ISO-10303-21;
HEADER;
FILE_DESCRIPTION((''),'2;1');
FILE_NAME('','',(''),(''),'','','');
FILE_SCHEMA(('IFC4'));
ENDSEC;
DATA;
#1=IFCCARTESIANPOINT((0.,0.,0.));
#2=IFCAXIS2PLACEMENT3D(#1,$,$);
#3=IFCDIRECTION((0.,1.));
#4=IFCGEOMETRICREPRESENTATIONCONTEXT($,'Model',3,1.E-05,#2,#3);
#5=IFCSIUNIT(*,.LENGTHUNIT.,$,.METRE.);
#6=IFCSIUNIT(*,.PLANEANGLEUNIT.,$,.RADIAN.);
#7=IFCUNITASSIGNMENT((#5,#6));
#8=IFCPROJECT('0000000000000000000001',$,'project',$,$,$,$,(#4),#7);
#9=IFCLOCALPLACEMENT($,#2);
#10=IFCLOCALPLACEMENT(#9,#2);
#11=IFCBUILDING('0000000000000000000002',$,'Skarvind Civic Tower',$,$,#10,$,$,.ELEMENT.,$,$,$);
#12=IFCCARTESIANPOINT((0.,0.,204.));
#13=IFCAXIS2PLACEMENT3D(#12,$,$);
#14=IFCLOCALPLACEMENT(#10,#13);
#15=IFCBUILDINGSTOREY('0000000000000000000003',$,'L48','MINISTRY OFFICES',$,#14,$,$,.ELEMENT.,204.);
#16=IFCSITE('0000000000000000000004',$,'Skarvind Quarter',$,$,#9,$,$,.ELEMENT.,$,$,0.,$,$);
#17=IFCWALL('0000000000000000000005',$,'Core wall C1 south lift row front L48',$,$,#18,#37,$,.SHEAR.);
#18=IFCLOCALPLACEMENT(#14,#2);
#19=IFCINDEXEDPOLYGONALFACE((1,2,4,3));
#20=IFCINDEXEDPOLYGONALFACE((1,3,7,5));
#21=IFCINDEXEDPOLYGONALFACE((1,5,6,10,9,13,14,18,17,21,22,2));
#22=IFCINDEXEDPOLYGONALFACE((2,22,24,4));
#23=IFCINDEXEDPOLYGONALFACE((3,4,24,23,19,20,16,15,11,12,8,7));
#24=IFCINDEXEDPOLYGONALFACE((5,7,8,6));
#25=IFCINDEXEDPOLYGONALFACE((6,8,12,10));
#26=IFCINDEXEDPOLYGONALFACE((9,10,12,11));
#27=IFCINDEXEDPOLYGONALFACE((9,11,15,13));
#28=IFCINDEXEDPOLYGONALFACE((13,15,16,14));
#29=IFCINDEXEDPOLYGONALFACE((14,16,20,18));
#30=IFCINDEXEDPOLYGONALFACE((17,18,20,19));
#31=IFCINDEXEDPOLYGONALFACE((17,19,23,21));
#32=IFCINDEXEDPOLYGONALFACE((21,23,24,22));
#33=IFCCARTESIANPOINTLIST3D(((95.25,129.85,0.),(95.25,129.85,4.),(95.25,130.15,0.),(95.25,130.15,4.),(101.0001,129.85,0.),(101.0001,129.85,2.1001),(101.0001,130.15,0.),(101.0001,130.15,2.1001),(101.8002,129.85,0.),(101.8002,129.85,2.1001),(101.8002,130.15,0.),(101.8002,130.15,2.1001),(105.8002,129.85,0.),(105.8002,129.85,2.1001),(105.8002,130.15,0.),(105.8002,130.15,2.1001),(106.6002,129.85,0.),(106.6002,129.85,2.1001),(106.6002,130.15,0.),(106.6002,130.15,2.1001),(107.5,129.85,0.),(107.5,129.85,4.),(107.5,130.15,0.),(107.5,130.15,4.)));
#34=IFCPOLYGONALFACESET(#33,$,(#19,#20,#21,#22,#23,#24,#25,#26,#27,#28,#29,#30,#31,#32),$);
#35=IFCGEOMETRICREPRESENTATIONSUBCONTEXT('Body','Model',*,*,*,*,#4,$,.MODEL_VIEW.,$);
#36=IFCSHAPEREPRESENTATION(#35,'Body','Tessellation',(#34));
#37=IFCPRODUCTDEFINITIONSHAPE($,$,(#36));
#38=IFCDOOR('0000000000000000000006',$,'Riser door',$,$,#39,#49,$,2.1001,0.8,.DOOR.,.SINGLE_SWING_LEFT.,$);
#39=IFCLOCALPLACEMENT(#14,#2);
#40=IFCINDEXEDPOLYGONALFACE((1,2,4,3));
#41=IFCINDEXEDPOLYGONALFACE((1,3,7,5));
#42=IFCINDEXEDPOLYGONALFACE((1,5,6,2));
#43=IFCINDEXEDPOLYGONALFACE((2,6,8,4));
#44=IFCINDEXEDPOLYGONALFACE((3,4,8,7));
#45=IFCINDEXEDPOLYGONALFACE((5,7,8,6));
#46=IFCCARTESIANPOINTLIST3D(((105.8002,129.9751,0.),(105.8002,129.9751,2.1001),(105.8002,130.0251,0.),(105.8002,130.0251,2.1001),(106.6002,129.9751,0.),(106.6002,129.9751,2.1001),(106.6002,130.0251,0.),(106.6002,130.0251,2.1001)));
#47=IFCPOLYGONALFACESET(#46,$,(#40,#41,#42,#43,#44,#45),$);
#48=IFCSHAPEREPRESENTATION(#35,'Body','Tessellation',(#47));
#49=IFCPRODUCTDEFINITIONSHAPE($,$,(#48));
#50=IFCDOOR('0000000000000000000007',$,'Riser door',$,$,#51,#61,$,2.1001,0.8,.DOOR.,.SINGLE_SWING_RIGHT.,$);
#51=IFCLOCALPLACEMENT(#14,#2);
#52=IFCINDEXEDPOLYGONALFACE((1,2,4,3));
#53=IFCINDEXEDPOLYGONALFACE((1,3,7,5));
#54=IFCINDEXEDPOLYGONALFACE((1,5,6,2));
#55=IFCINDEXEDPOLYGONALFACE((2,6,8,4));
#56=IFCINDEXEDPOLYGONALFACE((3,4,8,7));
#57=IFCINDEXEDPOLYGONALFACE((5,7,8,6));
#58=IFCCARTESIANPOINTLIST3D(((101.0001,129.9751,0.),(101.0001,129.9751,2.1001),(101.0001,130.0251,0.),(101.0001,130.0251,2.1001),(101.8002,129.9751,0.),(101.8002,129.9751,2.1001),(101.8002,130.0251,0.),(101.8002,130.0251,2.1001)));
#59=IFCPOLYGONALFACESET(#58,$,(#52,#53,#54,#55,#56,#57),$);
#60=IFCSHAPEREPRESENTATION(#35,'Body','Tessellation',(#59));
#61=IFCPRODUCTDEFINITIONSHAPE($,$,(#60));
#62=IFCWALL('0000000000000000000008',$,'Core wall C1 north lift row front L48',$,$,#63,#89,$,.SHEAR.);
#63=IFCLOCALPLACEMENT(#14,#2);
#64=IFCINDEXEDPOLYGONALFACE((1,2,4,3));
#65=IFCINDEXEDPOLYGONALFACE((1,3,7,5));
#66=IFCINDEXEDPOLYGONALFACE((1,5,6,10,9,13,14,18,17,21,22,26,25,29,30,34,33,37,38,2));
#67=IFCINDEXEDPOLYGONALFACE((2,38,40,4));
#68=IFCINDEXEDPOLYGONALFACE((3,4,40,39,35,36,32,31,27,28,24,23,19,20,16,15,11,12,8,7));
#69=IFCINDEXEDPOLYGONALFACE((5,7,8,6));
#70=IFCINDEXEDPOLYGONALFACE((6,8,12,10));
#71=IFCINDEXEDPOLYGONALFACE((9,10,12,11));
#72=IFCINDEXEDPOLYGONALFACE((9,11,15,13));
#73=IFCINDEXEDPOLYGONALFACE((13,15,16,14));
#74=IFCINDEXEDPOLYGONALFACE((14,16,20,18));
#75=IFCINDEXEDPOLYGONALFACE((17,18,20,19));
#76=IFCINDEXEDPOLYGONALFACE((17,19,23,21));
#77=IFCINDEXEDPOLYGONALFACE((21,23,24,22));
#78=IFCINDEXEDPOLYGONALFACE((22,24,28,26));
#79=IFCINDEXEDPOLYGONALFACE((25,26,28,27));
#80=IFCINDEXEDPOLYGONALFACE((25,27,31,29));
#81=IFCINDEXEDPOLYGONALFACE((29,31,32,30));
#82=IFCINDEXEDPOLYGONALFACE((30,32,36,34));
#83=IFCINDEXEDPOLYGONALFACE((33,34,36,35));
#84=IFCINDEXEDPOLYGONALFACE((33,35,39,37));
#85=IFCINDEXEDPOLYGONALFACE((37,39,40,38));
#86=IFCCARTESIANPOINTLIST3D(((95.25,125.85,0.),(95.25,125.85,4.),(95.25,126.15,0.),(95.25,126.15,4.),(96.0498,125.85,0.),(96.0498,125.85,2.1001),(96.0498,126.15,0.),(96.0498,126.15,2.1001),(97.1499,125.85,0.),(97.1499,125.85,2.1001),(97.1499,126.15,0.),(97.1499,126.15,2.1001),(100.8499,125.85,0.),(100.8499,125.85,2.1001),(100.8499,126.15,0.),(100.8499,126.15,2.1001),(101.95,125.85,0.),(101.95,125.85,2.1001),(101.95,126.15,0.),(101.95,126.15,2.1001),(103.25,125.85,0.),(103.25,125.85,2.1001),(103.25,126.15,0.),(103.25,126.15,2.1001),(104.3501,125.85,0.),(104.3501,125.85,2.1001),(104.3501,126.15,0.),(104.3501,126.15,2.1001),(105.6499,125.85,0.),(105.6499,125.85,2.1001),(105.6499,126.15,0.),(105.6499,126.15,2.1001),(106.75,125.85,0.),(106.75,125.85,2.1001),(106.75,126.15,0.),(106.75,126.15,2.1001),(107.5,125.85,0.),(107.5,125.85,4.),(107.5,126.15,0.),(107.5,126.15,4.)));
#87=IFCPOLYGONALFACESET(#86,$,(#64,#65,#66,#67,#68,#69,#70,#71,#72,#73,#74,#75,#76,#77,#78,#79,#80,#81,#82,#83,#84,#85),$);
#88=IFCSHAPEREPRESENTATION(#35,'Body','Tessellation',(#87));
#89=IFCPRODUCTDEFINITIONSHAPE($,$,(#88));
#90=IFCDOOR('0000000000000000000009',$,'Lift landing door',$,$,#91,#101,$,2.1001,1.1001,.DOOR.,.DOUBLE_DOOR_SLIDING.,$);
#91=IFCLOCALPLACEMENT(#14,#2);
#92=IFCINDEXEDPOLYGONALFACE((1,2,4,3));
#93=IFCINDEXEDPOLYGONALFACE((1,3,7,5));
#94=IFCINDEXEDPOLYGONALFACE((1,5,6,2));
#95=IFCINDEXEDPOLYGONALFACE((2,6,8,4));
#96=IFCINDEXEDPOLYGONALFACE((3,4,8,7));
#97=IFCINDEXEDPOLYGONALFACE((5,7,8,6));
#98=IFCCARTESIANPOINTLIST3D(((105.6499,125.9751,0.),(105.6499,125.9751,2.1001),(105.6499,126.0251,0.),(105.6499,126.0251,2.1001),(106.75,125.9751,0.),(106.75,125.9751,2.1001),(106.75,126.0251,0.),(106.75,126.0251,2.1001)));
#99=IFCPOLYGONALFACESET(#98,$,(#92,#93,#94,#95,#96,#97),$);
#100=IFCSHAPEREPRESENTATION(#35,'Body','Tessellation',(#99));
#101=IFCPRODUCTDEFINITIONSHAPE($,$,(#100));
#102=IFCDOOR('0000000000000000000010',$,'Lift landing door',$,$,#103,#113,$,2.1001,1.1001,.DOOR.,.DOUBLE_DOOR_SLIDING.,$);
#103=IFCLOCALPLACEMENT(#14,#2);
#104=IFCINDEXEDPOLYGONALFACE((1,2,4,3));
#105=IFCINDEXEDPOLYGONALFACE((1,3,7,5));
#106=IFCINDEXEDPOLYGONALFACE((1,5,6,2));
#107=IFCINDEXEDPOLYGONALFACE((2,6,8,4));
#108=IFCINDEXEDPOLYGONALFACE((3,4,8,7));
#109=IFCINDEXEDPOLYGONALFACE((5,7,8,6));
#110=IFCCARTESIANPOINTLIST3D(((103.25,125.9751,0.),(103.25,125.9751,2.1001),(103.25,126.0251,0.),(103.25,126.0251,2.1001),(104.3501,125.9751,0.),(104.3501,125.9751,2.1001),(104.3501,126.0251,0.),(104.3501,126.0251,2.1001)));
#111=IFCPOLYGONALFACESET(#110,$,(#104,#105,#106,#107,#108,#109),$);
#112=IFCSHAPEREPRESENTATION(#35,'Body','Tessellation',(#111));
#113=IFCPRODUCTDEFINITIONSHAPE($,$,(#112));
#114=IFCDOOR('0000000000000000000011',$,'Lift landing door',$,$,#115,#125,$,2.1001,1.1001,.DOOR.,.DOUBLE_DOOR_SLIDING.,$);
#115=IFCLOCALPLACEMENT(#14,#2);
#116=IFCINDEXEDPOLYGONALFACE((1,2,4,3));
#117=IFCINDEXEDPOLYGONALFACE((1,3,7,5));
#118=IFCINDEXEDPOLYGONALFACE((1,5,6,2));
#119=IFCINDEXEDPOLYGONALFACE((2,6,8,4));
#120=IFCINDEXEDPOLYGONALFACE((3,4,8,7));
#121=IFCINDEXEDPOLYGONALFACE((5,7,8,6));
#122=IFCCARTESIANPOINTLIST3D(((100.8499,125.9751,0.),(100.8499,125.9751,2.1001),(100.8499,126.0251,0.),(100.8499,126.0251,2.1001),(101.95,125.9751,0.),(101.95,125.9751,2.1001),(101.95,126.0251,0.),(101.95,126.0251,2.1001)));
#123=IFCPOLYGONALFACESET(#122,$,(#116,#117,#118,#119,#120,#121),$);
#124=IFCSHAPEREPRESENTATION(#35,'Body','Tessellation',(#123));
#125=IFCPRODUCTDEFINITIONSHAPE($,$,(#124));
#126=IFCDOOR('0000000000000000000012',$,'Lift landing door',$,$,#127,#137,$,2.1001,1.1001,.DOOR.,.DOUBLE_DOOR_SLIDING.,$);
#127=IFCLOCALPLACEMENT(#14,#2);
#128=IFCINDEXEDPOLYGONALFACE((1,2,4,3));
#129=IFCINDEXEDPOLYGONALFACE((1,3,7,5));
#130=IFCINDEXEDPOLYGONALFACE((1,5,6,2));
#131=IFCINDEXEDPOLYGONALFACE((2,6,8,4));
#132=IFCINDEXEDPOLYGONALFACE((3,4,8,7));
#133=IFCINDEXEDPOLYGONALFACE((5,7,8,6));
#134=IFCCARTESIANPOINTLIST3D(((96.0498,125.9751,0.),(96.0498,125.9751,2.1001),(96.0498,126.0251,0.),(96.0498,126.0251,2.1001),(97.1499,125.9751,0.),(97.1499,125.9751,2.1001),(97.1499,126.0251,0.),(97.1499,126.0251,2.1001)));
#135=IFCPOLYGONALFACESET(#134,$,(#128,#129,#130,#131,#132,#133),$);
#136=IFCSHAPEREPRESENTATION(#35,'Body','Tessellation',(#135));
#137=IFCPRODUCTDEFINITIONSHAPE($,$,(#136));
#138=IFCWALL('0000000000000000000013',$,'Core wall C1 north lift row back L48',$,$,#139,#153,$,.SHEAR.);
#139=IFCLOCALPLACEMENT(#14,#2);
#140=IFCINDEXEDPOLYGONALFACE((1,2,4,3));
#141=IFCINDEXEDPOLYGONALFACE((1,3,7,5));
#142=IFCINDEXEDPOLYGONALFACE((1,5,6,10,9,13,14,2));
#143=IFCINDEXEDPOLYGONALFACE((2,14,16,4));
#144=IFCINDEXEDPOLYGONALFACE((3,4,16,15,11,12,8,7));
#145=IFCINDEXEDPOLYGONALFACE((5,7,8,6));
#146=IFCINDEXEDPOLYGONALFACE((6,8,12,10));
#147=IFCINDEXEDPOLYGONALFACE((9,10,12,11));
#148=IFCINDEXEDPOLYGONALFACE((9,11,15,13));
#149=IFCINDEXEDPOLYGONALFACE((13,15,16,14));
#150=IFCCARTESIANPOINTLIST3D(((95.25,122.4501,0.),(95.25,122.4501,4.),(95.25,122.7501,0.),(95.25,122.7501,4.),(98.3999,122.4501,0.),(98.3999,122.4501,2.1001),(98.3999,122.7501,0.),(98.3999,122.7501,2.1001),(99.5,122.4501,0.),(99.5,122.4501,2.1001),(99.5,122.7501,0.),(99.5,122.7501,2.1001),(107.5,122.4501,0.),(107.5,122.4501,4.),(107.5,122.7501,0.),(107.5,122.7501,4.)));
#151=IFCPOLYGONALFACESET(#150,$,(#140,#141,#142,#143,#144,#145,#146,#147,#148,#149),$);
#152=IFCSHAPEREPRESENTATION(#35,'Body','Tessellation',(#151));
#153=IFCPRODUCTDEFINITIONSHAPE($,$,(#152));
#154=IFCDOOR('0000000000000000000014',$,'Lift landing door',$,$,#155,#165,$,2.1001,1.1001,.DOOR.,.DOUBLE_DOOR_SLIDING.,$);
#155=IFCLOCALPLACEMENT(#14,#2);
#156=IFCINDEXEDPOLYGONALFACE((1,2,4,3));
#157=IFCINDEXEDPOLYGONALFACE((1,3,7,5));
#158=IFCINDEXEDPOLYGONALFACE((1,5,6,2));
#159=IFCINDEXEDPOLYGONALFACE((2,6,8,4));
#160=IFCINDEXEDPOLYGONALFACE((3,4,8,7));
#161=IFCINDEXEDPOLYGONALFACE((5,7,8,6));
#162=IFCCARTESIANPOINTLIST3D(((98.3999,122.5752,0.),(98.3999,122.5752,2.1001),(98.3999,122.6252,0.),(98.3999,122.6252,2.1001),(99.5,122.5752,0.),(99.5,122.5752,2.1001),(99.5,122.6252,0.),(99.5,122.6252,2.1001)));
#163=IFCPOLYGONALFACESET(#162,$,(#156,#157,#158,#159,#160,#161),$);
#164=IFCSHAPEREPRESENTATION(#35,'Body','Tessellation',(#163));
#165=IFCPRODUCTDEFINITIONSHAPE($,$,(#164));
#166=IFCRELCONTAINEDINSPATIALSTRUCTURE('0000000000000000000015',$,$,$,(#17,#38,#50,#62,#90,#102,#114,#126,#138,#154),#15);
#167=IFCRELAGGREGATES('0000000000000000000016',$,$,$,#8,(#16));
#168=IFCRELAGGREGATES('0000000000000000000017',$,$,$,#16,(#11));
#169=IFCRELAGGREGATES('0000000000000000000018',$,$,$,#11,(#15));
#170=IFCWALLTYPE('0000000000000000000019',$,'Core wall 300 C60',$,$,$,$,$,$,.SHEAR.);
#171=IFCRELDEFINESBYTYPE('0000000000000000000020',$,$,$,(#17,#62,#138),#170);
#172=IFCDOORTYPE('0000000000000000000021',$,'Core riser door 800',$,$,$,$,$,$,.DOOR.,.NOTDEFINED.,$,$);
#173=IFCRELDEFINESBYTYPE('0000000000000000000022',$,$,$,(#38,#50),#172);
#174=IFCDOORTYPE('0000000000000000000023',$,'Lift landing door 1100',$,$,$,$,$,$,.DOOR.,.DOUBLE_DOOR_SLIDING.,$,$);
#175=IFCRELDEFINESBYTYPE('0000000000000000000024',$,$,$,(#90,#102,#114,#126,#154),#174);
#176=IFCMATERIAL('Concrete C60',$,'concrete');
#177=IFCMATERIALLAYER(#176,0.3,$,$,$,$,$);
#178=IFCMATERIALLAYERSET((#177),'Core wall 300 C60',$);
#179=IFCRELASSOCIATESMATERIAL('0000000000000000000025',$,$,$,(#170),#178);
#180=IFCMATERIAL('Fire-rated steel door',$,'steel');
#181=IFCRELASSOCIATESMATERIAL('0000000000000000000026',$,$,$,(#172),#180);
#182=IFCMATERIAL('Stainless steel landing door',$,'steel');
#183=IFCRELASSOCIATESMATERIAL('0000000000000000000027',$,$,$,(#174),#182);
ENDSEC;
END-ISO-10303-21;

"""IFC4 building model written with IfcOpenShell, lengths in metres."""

from ifc_helpers import new_model, si_unit, direction, frame, frame_2d, origin, place, context, subcontext, project, spatial, rectangle, extrude, material, layer, layer_set, type_object, element, fill, save


model = new_model("IFC4")

# Units and contexts
model_context = context("Model", 3, precision=1e-05, world=origin(), true_north=direction((0.0, 1.0)))
body_context = subcontext(model_context, "Body", "Model", "MODEL_VIEW")
ifc_project = project(units=[si_unit("LENGTHUNIT", "METRE"), si_unit("PLANEANGLEUNIT", "RADIAN")], contexts=[model_context])

# Site, building, storey
site_placement = place(None, origin())
site = spatial("IfcSite", under=ifc_project, at=site_placement, Name="Skarvind Quarter", CompositionType="ELEMENT", RefElevation=0.0)
building_placement = place(site_placement, origin())
building = spatial("IfcBuilding", under=site, at=building_placement, Name="Skarvind Civic Tower", CompositionType="ELEMENT")
storey_placement = place(building_placement, frame((0.0, 0.0, 204.0)))
storey = spatial("IfcBuildingStorey", under=building, at=storey_placement, Name="L48", Description="MINISTRY OFFICES", CompositionType="ELEMENT", Elevation=204.0)

# Walls, openings, doors
ifc_material_1 = material(Name="Concrete C60", Category="concrete")
ifc_layer_1 = layer(ifc_material_1, 0.3)
ifc_layer_set_1 = layer_set([ifc_layer_1], Name="Core wall 300 C60")
wall_type_1 = type_object("IfcWallType", Name="Core wall 300 C60", PredefinedType="SHEAR", material=ifc_layer_set_1)
wall_1_placement = place(storey_placement, frame((107.5, 130.0, 0.0), z_axis=(0.0, 0.0, 1.0), x_axis=(-1.0, 0.0, 0.0)))
wall_1 = element("IfcWall", 1, at=wall_1_placement, inside=storey, type_object=wall_type_1, Name="Core wall C1 south lift row front L48", PredefinedType="SHEAR", context=body_context, shape_type="SweptSolid", body=[
    extrude(rectangle(XDim=12.25, YDim=0.3, at=frame_2d((6.125, 0.0))), origin(), (0.0, 0.0, 1.0), 4.0),
])
opening_1_placement = place(wall_1_placement, frame((0.8999, 0.0, 0.0)))
opening_1 = element("IfcOpeningElement", 2, at=opening_1_placement, cuts=wall_1, PredefinedType="OPENING", context=body_context, shape_type="SweptSolid", body=[
    extrude(rectangle(XDim=0.8, YDim=2.1001, at=frame_2d((0.3999, 1.05))), frame((0.0, 0.1599, 0.0), z_axis=(0.0, -1.0, 0.0), x_axis=(1.0, 0.0, 0.0)), (0.0, 0.0, 1.0), 0.3201),
])
opening_2_placement = place(wall_1_placement, frame((5.7, 0.0, 0.0)))
opening_2 = element("IfcOpeningElement", 3, at=opening_2_placement, cuts=wall_1, PredefinedType="OPENING", context=body_context, shape_type="SweptSolid", body=[
    extrude(rectangle(XDim=0.8, YDim=2.1001, at=frame_2d((0.3999, 1.05))), frame((0.0, 0.1599, 0.0), z_axis=(0.0, -1.0, 0.0), x_axis=(1.0, 0.0, 0.0)), (0.0, 0.0, 1.0), 0.3201),
])
ifc_material_2 = material(Name="Fire-rated steel door", Category="steel")
door_type_1 = type_object("IfcDoorType", Name="Core riser door 800", OperationType="NOTDEFINED", PredefinedType="DOOR", material=ifc_material_2)
door_1_placement = place(opening_1_placement, origin())
door_1 = element("IfcDoor", 4, at=door_1_placement, inside=storey, type_object=door_type_1, Name="Riser door", OperationType="SINGLE_SWING_LEFT", OverallHeight=2.1001, OverallWidth=0.8, PredefinedType="DOOR", context=body_context, shape_type="SweptSolid", body=[
    extrude(rectangle(XDim=0.8, YDim=2.1001, at=frame_2d((0.3999, 1.05))), frame((0.0, 0.0249, 0.0), z_axis=(0.0, -1.0, 0.0), x_axis=(1.0, 0.0, 0.0)), (0.0, 0.0, 1.0), 0.05),
])
fill(opening_1, door_1)
door_2_placement = place(opening_2_placement, origin())
door_2 = element("IfcDoor", 5, at=door_2_placement, inside=storey, type_object=door_type_1, Name="Riser door", OperationType="SINGLE_SWING_RIGHT", OverallHeight=2.1001, OverallWidth=0.8, PredefinedType="DOOR", context=body_context, shape_type="SweptSolid", body=[
    extrude(rectangle(XDim=0.8, YDim=2.1001, at=frame_2d((0.3999, 1.05))), frame((0.0, 0.0249, 0.0), z_axis=(0.0, -1.0, 0.0), x_axis=(1.0, 0.0, 0.0)), (0.0, 0.0, 1.0), 0.05),
])
fill(opening_2, door_2)
wall_2_placement = place(storey_placement, frame((107.5, 126.0, 0.0), z_axis=(0.0, 0.0, 1.0), x_axis=(-1.0, 0.0, 0.0)))
wall_2 = element("IfcWall", 6, at=wall_2_placement, inside=storey, type_object=wall_type_1, Name="Core wall C1 north lift row front L48", PredefinedType="SHEAR", context=body_context, shape_type="SweptSolid", body=[
    extrude(rectangle(XDim=12.25, YDim=0.3, at=frame_2d((6.125, 0.0))), origin(), (0.0, 0.0, 1.0), 4.0),
])
opening_3_placement = place(wall_2_placement, frame((0.75, 0.0, 0.0)))
opening_3 = element("IfcOpeningElement", 7, at=opening_3_placement, cuts=wall_2, PredefinedType="OPENING", context=body_context, shape_type="SweptSolid", body=[
    extrude(rectangle(XDim=1.1001, YDim=2.1001, at=frame_2d((0.55, 1.05))), frame((0.0, 0.1599, 0.0), z_axis=(0.0, -1.0, 0.0), x_axis=(1.0, 0.0, 0.0)), (0.0, 0.0, 1.0), 0.3201),
])
opening_4_placement = place(wall_2_placement, frame((3.1499, 0.0, 0.0)))
opening_4 = element("IfcOpeningElement", 8, at=opening_4_placement, cuts=wall_2, PredefinedType="OPENING", context=body_context, shape_type="SweptSolid", body=[
    extrude(rectangle(XDim=1.1001, YDim=2.1001, at=frame_2d((0.55, 1.05))), frame((0.0, 0.1599, 0.0), z_axis=(0.0, -1.0, 0.0), x_axis=(1.0, 0.0, 0.0)), (0.0, 0.0, 1.0), 0.3201),
])
opening_5_placement = place(wall_2_placement, frame((5.55, 0.0, 0.0)))
opening_5 = element("IfcOpeningElement", 9, at=opening_5_placement, cuts=wall_2, PredefinedType="OPENING", context=body_context, shape_type="SweptSolid", body=[
    extrude(rectangle(XDim=1.1001, YDim=2.1001, at=frame_2d((0.55, 1.05))), frame((0.0, 0.1599, 0.0), z_axis=(0.0, -1.0, 0.0), x_axis=(1.0, 0.0, 0.0)), (0.0, 0.0, 1.0), 0.3201),
])
opening_6_placement = place(wall_2_placement, frame((10.3501, 0.0, 0.0)))
opening_6 = element("IfcOpeningElement", 10, at=opening_6_placement, cuts=wall_2, PredefinedType="OPENING", context=body_context, shape_type="SweptSolid", body=[
    extrude(rectangle(XDim=1.1001, YDim=2.1001, at=frame_2d((0.55, 1.05))), frame((0.0, 0.1599, 0.0), z_axis=(0.0, -1.0, 0.0), x_axis=(1.0, 0.0, 0.0)), (0.0, 0.0, 1.0), 0.3201),
])
ifc_material_3 = material(Name="Stainless steel landing door", Category="steel")
door_type_2 = type_object("IfcDoorType", Name="Lift landing door 1100", OperationType="DOUBLE_DOOR_SLIDING", PredefinedType="DOOR", material=ifc_material_3)
door_3_placement = place(opening_3_placement, origin())
door_3 = element("IfcDoor", 11, at=door_3_placement, inside=storey, type_object=door_type_2, Name="Lift landing door", OperationType="DOUBLE_DOOR_SLIDING", OverallHeight=2.1001, OverallWidth=1.1001, PredefinedType="DOOR", context=body_context, shape_type="SweptSolid", body=[
    extrude(rectangle(XDim=1.1001, YDim=2.1001, at=frame_2d((0.55, 1.05))), frame((0.0, 0.0249, 0.0), z_axis=(0.0, -1.0, 0.0), x_axis=(1.0, 0.0, 0.0)), (0.0, 0.0, 1.0), 0.05),
])
fill(opening_3, door_3)
door_4_placement = place(opening_4_placement, origin())
door_4 = element("IfcDoor", 12, at=door_4_placement, inside=storey, type_object=door_type_2, Name="Lift landing door", OperationType="DOUBLE_DOOR_SLIDING", OverallHeight=2.1001, OverallWidth=1.1001, PredefinedType="DOOR", context=body_context, shape_type="SweptSolid", body=[
    extrude(rectangle(XDim=1.1001, YDim=2.1001, at=frame_2d((0.55, 1.05))), frame((0.0, 0.0249, 0.0), z_axis=(0.0, -1.0, 0.0), x_axis=(1.0, 0.0, 0.0)), (0.0, 0.0, 1.0), 0.05),
])
fill(opening_4, door_4)
door_5_placement = place(opening_5_placement, origin())
door_5 = element("IfcDoor", 13, at=door_5_placement, inside=storey, type_object=door_type_2, Name="Lift landing door", OperationType="DOUBLE_DOOR_SLIDING", OverallHeight=2.1001, OverallWidth=1.1001, PredefinedType="DOOR", context=body_context, shape_type="SweptSolid", body=[
    extrude(rectangle(XDim=1.1001, YDim=2.1001, at=frame_2d((0.55, 1.05))), frame((0.0, 0.0249, 0.0), z_axis=(0.0, -1.0, 0.0), x_axis=(1.0, 0.0, 0.0)), (0.0, 0.0, 1.0), 0.05),
])
fill(opening_5, door_5)
door_6_placement = place(opening_6_placement, origin())
door_6 = element("IfcDoor", 14, at=door_6_placement, inside=storey, type_object=door_type_2, Name="Lift landing door", OperationType="DOUBLE_DOOR_SLIDING", OverallHeight=2.1001, OverallWidth=1.1001, PredefinedType="DOOR", context=body_context, shape_type="SweptSolid", body=[
    extrude(rectangle(XDim=1.1001, YDim=2.1001, at=frame_2d((0.55, 1.05))), frame((0.0, 0.0249, 0.0), z_axis=(0.0, -1.0, 0.0), x_axis=(1.0, 0.0, 0.0)), (0.0, 0.0, 1.0), 0.05),
])
fill(opening_6, door_6)

# Wall, opening, door
wall_3_placement = place(storey_placement, frame((107.5, 122.6001, 0.0), z_axis=(0.0, 0.0, 1.0), x_axis=(-1.0, 0.0, 0.0)))
wall_3 = element("IfcWall", 15, at=wall_3_placement, inside=storey, type_object=wall_type_1, Name="Core wall C1 north lift row back L48", PredefinedType="SHEAR", context=body_context, shape_type="SweptSolid", body=[
    extrude(rectangle(XDim=12.25, YDim=0.3, at=frame_2d((6.125, 0.0))), origin(), (0.0, 0.0, 1.0), 4.0),
])
opening_7_placement = place(wall_3_placement, frame((8.0, 0.0, 0.0)))
opening_7 = element("IfcOpeningElement", 16, at=opening_7_placement, cuts=wall_3, PredefinedType="OPENING", context=body_context, shape_type="SweptSolid", body=[
    extrude(rectangle(XDim=1.1001, YDim=2.1001, at=frame_2d((0.55, 1.05))), frame((0.0, 0.1599, 0.0), z_axis=(0.0, -1.0, 0.0), x_axis=(1.0, 0.0, 0.0)), (0.0, 0.0, 1.0), 0.3201),
])
door_7_placement = place(opening_7_placement, origin())
door_7 = element("IfcDoor", 17, at=door_7_placement, inside=storey, type_object=door_type_2, Name="Lift landing door", OperationType="DOUBLE_DOOR_SLIDING", OverallHeight=2.1001, OverallWidth=1.1001, PredefinedType="DOOR", context=body_context, shape_type="SweptSolid", body=[
    extrude(rectangle(XDim=1.1001, YDim=2.1001, at=frame_2d((0.55, 1.05))), frame((0.0, 0.0249, 0.0), z_axis=(0.0, -1.0, 0.0), x_axis=(1.0, 0.0, 0.0)), (0.0, 0.0, 1.0), 0.05),
])
fill(opening_7, door_7)

save(model, "model.ifc")
